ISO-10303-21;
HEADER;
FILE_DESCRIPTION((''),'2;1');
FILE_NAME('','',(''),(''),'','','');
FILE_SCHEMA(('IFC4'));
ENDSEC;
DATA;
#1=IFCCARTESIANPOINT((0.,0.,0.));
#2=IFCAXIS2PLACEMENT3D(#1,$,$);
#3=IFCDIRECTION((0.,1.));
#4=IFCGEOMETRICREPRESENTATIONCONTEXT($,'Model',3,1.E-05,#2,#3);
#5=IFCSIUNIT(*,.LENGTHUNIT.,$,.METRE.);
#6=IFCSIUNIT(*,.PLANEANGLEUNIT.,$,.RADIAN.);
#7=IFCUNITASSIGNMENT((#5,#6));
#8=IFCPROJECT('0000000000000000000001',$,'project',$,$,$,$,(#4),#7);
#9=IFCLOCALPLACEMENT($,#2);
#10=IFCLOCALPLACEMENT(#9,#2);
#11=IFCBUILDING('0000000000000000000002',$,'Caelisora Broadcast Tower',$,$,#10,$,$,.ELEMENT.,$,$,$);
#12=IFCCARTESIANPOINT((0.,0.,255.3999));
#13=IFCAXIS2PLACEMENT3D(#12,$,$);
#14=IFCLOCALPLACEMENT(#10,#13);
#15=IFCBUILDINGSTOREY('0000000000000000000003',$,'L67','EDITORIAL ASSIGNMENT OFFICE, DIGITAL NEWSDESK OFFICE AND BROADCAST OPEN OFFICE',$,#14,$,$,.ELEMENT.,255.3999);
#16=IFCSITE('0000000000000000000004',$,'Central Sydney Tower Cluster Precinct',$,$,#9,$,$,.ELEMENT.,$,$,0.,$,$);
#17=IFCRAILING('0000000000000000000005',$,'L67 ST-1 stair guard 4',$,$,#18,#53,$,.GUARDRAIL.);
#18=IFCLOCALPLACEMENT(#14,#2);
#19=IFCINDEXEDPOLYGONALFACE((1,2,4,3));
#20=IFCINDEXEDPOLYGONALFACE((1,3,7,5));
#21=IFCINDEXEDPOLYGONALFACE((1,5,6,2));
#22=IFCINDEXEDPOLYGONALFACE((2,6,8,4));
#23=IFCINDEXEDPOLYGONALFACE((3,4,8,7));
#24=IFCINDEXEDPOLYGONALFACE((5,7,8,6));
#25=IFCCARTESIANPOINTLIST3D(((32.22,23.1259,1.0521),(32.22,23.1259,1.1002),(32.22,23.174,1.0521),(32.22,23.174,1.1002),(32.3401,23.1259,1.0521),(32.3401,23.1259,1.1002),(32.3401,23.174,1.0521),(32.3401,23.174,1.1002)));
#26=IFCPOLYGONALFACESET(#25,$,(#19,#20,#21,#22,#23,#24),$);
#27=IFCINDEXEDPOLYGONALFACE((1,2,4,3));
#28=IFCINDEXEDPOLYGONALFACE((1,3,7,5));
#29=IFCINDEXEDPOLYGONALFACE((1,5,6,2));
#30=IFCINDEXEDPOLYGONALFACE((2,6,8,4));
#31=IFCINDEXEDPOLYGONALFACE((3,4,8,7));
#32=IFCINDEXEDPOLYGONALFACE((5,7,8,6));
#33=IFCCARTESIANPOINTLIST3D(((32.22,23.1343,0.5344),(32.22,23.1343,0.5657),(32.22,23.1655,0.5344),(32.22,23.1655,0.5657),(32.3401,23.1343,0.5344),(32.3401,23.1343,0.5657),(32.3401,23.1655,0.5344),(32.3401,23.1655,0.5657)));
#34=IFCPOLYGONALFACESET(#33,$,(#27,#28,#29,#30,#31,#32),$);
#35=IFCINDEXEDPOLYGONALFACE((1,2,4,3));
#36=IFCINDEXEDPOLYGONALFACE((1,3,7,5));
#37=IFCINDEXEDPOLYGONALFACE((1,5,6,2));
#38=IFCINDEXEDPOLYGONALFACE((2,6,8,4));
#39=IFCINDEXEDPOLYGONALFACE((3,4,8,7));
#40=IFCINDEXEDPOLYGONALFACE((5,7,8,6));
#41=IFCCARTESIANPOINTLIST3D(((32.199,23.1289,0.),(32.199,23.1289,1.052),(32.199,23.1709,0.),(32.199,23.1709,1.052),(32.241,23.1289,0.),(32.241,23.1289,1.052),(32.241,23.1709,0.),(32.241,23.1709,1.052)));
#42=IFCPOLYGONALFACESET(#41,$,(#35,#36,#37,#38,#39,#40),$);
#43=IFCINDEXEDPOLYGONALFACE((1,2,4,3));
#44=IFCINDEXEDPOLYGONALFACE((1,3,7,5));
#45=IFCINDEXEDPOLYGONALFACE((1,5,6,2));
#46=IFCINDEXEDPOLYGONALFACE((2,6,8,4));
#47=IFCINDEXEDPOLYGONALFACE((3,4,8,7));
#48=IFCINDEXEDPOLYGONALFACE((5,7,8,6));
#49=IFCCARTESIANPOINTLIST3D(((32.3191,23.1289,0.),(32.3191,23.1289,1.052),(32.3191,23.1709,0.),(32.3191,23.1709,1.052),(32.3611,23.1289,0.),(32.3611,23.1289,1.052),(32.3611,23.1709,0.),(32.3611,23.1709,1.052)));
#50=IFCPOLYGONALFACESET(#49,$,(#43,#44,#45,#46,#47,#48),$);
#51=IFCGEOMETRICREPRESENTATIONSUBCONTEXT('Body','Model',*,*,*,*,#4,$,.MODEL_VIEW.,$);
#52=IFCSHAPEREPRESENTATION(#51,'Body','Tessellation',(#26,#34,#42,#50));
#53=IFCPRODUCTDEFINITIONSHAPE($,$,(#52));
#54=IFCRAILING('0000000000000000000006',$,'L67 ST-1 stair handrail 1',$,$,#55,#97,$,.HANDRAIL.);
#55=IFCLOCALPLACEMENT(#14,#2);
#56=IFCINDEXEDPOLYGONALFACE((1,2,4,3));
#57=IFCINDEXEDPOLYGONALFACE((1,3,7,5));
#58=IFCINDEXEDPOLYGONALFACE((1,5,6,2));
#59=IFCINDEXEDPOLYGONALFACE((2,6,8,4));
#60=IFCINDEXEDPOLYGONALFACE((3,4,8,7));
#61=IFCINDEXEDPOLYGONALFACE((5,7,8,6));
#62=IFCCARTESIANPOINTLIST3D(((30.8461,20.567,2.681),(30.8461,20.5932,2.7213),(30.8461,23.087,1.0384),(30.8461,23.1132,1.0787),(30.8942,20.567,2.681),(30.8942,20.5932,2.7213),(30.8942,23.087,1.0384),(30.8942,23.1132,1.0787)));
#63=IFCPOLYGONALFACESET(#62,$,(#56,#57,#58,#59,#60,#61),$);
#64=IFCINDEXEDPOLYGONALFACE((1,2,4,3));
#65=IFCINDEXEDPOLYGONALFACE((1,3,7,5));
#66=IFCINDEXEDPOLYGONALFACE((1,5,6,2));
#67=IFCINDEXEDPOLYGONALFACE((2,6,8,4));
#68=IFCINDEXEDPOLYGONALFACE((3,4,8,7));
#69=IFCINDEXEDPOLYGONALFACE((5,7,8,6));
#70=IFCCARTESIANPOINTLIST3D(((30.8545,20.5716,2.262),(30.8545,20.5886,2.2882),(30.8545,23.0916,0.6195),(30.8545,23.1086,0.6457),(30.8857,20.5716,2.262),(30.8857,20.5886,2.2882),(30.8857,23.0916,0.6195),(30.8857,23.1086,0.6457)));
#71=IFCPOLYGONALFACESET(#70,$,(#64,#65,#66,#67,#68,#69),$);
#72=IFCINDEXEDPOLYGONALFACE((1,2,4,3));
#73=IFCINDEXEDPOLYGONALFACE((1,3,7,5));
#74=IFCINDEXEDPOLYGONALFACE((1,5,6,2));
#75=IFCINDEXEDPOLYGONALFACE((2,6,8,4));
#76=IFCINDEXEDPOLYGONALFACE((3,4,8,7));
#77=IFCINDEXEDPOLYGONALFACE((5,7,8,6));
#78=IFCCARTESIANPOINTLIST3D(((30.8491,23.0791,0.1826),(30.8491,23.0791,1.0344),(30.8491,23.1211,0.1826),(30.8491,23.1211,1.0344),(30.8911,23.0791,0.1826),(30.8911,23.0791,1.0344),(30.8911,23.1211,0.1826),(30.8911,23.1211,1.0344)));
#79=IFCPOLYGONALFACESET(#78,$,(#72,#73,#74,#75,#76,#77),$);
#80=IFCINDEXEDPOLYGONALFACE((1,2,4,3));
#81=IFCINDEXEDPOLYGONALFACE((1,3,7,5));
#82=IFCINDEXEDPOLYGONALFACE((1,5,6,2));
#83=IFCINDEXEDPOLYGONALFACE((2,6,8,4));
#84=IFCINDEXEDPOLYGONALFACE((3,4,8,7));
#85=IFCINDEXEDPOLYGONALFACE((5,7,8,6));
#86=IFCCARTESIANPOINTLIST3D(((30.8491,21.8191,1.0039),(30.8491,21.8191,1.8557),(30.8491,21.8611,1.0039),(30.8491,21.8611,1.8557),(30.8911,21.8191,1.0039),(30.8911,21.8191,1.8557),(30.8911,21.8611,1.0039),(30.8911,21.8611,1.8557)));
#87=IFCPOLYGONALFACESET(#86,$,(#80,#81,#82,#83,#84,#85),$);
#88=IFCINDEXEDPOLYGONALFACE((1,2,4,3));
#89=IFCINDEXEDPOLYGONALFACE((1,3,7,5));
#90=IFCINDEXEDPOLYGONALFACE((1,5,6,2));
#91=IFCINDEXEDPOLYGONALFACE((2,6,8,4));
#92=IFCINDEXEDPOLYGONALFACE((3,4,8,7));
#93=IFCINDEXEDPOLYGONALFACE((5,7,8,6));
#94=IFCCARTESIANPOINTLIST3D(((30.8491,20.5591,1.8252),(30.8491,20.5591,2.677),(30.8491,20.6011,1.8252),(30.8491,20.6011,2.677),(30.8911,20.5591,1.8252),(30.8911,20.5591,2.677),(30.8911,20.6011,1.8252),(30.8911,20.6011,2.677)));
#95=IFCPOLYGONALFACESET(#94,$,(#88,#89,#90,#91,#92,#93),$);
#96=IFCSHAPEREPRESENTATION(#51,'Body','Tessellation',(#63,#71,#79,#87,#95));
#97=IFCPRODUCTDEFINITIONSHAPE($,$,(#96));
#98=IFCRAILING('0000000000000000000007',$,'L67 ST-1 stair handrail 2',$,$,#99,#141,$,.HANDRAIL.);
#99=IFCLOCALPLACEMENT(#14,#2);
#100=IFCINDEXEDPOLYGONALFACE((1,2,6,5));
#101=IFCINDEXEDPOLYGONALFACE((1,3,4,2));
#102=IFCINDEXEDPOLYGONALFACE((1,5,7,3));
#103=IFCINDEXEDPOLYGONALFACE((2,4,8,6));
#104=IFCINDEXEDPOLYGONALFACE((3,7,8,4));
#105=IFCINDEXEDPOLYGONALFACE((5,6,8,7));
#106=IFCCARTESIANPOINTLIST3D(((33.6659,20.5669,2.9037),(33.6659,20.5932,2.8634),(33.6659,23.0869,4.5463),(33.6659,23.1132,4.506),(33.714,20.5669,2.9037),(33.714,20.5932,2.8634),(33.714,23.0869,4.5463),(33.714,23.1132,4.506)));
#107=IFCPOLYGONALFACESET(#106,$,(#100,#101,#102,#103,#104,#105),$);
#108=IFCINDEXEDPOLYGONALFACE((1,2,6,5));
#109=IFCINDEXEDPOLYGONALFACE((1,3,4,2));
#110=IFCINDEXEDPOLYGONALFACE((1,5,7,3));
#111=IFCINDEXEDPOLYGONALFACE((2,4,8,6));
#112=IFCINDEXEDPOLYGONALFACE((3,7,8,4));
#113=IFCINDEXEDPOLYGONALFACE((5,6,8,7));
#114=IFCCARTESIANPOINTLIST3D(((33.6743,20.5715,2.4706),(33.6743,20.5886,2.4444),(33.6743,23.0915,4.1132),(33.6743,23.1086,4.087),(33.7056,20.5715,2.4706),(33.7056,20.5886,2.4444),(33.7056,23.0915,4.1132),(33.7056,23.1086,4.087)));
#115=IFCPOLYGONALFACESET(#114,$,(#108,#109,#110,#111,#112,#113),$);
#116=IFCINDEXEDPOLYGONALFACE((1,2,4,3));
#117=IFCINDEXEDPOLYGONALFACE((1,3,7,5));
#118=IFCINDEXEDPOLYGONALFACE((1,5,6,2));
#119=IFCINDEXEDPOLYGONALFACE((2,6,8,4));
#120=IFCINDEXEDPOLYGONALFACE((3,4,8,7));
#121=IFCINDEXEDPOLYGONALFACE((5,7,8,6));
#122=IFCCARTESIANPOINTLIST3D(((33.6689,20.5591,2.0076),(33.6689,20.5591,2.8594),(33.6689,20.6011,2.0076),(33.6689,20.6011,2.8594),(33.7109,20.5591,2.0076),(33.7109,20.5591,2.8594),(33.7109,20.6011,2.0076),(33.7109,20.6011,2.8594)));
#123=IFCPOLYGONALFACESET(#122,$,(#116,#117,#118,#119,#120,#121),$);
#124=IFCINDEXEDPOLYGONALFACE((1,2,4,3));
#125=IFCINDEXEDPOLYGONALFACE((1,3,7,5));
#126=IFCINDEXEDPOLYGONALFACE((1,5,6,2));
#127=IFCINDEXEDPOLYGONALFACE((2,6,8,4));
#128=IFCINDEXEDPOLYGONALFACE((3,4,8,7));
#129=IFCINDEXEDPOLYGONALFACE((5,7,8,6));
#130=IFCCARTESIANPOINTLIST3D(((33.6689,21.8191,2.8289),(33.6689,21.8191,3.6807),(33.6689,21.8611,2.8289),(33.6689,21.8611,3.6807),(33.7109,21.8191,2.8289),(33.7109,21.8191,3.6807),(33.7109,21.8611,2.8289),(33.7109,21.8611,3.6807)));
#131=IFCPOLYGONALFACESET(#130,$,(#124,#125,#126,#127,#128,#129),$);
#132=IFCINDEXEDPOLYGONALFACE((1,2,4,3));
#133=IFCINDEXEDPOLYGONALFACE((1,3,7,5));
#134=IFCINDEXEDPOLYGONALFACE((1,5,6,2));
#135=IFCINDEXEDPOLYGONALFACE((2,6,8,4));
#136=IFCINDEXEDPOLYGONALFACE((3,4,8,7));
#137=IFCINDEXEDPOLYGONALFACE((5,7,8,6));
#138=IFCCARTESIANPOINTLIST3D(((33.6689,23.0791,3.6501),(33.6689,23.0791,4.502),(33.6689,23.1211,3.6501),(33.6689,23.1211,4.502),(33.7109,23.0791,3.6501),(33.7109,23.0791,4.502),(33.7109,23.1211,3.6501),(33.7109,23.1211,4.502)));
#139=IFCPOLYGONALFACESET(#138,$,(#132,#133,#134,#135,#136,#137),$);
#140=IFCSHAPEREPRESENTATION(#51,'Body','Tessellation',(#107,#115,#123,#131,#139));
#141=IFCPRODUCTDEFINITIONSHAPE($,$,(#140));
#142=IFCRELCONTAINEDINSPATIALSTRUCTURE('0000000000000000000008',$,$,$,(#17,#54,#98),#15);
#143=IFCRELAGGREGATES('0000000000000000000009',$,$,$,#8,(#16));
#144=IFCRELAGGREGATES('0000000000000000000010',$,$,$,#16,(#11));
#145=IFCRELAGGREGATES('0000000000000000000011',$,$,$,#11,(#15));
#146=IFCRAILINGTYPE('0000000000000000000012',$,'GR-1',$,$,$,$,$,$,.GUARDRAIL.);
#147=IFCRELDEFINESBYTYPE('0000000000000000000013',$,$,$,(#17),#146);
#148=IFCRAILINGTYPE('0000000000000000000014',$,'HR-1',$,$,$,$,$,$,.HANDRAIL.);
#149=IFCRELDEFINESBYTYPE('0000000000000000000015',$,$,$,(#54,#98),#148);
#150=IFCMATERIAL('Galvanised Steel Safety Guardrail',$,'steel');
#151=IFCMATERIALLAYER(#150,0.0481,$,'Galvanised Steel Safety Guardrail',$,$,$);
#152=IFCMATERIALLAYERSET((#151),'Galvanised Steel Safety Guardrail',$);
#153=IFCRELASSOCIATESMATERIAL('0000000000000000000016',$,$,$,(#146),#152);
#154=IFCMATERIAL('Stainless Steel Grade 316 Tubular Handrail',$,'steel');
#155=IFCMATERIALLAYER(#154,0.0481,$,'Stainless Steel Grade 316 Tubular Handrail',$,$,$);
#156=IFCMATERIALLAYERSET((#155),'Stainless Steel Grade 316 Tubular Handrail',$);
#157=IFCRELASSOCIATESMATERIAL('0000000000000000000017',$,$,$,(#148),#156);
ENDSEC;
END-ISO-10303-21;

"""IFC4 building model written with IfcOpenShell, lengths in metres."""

from ifc_helpers import new_model, si_unit, direction, frame, origin, origin_2d, place, context, subcontext, project, spatial, rectangle, extrude, material, layer, layer_set, type_object, element, save


model = new_model("IFC4")

# Units and contexts
model_context = context("Model", 3, precision=1e-05, world=origin(), true_north=direction((0.0, 1.0)))
body_context = subcontext(model_context, "Body", "Model", "MODEL_VIEW")
ifc_project = project(units=[si_unit("LENGTHUNIT", "METRE"), si_unit("PLANEANGLEUNIT", "RADIAN")], contexts=[model_context])

# Site, building, storey
site_placement = place(None, origin())
site = spatial("IfcSite", under=ifc_project, at=site_placement, Name="Central Sydney Tower Cluster Precinct", CompositionType="ELEMENT", RefElevation=0.0)
building_placement = place(site_placement, origin())
building = spatial("IfcBuilding", under=site, at=building_placement, Name="Caelisora Broadcast Tower", CompositionType="ELEMENT")
storey_placement = place(building_placement, frame((0.0, 0.0, 255.3999)))
storey = spatial("IfcBuildingStorey", under=building, at=storey_placement, Name="L67", Description="EDITORIAL ASSIGNMENT OFFICE, DIGITAL NEWSDESK OFFICE AND BROADCAST OPEN OFFICE", CompositionType="ELEMENT", Elevation=255.3999)

# Railings
ifc_material_1 = material(Name="Galvanised Steel Safety Guardrail", Category="steel")
ifc_layer_1 = layer(ifc_material_1, 0.0481, Name="Galvanised Steel Safety Guardrail")
ifc_layer_set_1 = layer_set([ifc_layer_1], Name="Galvanised Steel Safety Guardrail")
railing_type_1 = type_object("IfcRailingType", Name="GR-1", PredefinedType="GUARDRAIL", material=ifc_layer_set_1)
railing_1_placement = place(storey_placement, frame((32.22, 23.1499, 0.0)))
element("IfcRailing", 1, at=railing_1_placement, inside=storey, type_object=railing_type_1, Name="L67 ST-1 stair guard 4", PredefinedType="GUARDRAIL", context=body_context, shape_type="SweptSolid", body=[
    extrude(rectangle(XDim=0.0481, YDim=0.0481, at=origin_2d()), frame((0.0, 0.0, 1.0762), z_axis=(1.0, 0.0, 0.0), x_axis=(0.0, 1.0, 0.0)), (0.0, 0.0, 1.0), 0.1201),
    extrude(rectangle(XDim=0.0312, YDim=0.0312, at=origin_2d()), frame((0.0, 0.0, 0.55), z_axis=(1.0, 0.0, 0.0), x_axis=(0.0, 1.0, 0.0)), (0.0, 0.0, 1.0), 0.1201),
    extrude(rectangle(XDim=0.042, YDim=0.042, at=origin_2d()), origin(), (0.0, 0.0, 1.0), 1.052),
    extrude(rectangle(XDim=0.042, YDim=0.042, at=origin_2d()), frame((0.1201, 0.0, 0.0)), (0.0, 0.0, 1.0), 1.052),
])
ifc_material_2 = material(Name="Stainless Steel Grade 316 Tubular Handrail", Category="steel")
ifc_layer_2 = layer(ifc_material_2, 0.0481, Name="Stainless Steel Grade 316 Tubular Handrail")
ifc_layer_set_2 = layer_set([ifc_layer_2], Name="Stainless Steel Grade 316 Tubular Handrail")
railing_type_2 = type_object("IfcRailingType", Name="HR-1", PredefinedType="HANDRAIL", material=ifc_layer_set_2)
railing_2_placement = place(storey_placement, frame((30.8701, 23.1001, 0.1826)))
element("IfcRailing", 2, at=railing_2_placement, inside=storey, type_object=railing_type_2, Name="L67 ST-1 stair handrail 1", PredefinedType="HANDRAIL", context=body_context, shape_type="SweptSolid", body=[
    extrude(rectangle(XDim=0.0481, YDim=0.0481, at=origin_2d()), frame((0.0, 0.0, 0.876), z_axis=(0.0, -0.837749, 0.546055), x_axis=(1.0, 0.0, 0.0)), (0.0, 0.0, 1.0), 3.0081),
    extrude(rectangle(XDim=0.0312, YDim=0.0312, at=origin_2d()), frame((0.0, 0.0, 0.45), z_axis=(0.0, -0.837749, 0.546055), x_axis=(1.0, 0.0, 0.0)), (0.0, 0.0, 1.0), 3.0081),
    extrude(rectangle(XDim=0.042, YDim=0.042, at=origin_2d()), origin(), (0.0, 0.0, 1.0), 0.8518),
    extrude(rectangle(XDim=0.042, YDim=0.042, at=origin_2d()), frame((0.0, -1.26, 0.8213)), (0.0, 0.0, 1.0), 0.8518),
    extrude(rectangle(XDim=0.042, YDim=0.042, at=origin_2d()), frame((0.0, -2.52, 1.6426)), (0.0, 0.0, 1.0), 0.8518),
])
railing_3_placement = place(storey_placement, frame((33.6899, 20.5801, 2.0076)))
element("IfcRailing", 3, at=railing_3_placement, inside=storey, type_object=railing_type_2, Name="L67 ST-1 stair handrail 2", PredefinedType="HANDRAIL", context=body_context, shape_type="SweptSolid", body=[
    extrude(rectangle(XDim=0.0481, YDim=0.0481, at=origin_2d()), frame((0.0, 0.0, 0.876), z_axis=(0.0, 0.837749, 0.546055), x_axis=(-1.0, 0.0, 0.0)), (0.0, 0.0, 1.0), 3.0081),
    extrude(rectangle(XDim=0.0312, YDim=0.0312, at=origin_2d()), frame((0.0, 0.0, 0.45), z_axis=(0.0, 0.837749, 0.546055), x_axis=(-1.0, 0.0, 0.0)), (0.0, 0.0, 1.0), 3.0081),
    extrude(rectangle(XDim=0.042, YDim=0.042, at=origin_2d()), origin(), (0.0, 0.0, 1.0), 0.8518),
    extrude(rectangle(XDim=0.042, YDim=0.042, at=origin_2d()), frame((0.0, 1.26, 0.8213)), (0.0, 0.0, 1.0), 0.8518),
    extrude(rectangle(XDim=0.042, YDim=0.042, at=origin_2d()), frame((0.0, 2.52, 1.6426)), (0.0, 0.0, 1.0), 0.8518),
])

save(model, "model.ifc")
